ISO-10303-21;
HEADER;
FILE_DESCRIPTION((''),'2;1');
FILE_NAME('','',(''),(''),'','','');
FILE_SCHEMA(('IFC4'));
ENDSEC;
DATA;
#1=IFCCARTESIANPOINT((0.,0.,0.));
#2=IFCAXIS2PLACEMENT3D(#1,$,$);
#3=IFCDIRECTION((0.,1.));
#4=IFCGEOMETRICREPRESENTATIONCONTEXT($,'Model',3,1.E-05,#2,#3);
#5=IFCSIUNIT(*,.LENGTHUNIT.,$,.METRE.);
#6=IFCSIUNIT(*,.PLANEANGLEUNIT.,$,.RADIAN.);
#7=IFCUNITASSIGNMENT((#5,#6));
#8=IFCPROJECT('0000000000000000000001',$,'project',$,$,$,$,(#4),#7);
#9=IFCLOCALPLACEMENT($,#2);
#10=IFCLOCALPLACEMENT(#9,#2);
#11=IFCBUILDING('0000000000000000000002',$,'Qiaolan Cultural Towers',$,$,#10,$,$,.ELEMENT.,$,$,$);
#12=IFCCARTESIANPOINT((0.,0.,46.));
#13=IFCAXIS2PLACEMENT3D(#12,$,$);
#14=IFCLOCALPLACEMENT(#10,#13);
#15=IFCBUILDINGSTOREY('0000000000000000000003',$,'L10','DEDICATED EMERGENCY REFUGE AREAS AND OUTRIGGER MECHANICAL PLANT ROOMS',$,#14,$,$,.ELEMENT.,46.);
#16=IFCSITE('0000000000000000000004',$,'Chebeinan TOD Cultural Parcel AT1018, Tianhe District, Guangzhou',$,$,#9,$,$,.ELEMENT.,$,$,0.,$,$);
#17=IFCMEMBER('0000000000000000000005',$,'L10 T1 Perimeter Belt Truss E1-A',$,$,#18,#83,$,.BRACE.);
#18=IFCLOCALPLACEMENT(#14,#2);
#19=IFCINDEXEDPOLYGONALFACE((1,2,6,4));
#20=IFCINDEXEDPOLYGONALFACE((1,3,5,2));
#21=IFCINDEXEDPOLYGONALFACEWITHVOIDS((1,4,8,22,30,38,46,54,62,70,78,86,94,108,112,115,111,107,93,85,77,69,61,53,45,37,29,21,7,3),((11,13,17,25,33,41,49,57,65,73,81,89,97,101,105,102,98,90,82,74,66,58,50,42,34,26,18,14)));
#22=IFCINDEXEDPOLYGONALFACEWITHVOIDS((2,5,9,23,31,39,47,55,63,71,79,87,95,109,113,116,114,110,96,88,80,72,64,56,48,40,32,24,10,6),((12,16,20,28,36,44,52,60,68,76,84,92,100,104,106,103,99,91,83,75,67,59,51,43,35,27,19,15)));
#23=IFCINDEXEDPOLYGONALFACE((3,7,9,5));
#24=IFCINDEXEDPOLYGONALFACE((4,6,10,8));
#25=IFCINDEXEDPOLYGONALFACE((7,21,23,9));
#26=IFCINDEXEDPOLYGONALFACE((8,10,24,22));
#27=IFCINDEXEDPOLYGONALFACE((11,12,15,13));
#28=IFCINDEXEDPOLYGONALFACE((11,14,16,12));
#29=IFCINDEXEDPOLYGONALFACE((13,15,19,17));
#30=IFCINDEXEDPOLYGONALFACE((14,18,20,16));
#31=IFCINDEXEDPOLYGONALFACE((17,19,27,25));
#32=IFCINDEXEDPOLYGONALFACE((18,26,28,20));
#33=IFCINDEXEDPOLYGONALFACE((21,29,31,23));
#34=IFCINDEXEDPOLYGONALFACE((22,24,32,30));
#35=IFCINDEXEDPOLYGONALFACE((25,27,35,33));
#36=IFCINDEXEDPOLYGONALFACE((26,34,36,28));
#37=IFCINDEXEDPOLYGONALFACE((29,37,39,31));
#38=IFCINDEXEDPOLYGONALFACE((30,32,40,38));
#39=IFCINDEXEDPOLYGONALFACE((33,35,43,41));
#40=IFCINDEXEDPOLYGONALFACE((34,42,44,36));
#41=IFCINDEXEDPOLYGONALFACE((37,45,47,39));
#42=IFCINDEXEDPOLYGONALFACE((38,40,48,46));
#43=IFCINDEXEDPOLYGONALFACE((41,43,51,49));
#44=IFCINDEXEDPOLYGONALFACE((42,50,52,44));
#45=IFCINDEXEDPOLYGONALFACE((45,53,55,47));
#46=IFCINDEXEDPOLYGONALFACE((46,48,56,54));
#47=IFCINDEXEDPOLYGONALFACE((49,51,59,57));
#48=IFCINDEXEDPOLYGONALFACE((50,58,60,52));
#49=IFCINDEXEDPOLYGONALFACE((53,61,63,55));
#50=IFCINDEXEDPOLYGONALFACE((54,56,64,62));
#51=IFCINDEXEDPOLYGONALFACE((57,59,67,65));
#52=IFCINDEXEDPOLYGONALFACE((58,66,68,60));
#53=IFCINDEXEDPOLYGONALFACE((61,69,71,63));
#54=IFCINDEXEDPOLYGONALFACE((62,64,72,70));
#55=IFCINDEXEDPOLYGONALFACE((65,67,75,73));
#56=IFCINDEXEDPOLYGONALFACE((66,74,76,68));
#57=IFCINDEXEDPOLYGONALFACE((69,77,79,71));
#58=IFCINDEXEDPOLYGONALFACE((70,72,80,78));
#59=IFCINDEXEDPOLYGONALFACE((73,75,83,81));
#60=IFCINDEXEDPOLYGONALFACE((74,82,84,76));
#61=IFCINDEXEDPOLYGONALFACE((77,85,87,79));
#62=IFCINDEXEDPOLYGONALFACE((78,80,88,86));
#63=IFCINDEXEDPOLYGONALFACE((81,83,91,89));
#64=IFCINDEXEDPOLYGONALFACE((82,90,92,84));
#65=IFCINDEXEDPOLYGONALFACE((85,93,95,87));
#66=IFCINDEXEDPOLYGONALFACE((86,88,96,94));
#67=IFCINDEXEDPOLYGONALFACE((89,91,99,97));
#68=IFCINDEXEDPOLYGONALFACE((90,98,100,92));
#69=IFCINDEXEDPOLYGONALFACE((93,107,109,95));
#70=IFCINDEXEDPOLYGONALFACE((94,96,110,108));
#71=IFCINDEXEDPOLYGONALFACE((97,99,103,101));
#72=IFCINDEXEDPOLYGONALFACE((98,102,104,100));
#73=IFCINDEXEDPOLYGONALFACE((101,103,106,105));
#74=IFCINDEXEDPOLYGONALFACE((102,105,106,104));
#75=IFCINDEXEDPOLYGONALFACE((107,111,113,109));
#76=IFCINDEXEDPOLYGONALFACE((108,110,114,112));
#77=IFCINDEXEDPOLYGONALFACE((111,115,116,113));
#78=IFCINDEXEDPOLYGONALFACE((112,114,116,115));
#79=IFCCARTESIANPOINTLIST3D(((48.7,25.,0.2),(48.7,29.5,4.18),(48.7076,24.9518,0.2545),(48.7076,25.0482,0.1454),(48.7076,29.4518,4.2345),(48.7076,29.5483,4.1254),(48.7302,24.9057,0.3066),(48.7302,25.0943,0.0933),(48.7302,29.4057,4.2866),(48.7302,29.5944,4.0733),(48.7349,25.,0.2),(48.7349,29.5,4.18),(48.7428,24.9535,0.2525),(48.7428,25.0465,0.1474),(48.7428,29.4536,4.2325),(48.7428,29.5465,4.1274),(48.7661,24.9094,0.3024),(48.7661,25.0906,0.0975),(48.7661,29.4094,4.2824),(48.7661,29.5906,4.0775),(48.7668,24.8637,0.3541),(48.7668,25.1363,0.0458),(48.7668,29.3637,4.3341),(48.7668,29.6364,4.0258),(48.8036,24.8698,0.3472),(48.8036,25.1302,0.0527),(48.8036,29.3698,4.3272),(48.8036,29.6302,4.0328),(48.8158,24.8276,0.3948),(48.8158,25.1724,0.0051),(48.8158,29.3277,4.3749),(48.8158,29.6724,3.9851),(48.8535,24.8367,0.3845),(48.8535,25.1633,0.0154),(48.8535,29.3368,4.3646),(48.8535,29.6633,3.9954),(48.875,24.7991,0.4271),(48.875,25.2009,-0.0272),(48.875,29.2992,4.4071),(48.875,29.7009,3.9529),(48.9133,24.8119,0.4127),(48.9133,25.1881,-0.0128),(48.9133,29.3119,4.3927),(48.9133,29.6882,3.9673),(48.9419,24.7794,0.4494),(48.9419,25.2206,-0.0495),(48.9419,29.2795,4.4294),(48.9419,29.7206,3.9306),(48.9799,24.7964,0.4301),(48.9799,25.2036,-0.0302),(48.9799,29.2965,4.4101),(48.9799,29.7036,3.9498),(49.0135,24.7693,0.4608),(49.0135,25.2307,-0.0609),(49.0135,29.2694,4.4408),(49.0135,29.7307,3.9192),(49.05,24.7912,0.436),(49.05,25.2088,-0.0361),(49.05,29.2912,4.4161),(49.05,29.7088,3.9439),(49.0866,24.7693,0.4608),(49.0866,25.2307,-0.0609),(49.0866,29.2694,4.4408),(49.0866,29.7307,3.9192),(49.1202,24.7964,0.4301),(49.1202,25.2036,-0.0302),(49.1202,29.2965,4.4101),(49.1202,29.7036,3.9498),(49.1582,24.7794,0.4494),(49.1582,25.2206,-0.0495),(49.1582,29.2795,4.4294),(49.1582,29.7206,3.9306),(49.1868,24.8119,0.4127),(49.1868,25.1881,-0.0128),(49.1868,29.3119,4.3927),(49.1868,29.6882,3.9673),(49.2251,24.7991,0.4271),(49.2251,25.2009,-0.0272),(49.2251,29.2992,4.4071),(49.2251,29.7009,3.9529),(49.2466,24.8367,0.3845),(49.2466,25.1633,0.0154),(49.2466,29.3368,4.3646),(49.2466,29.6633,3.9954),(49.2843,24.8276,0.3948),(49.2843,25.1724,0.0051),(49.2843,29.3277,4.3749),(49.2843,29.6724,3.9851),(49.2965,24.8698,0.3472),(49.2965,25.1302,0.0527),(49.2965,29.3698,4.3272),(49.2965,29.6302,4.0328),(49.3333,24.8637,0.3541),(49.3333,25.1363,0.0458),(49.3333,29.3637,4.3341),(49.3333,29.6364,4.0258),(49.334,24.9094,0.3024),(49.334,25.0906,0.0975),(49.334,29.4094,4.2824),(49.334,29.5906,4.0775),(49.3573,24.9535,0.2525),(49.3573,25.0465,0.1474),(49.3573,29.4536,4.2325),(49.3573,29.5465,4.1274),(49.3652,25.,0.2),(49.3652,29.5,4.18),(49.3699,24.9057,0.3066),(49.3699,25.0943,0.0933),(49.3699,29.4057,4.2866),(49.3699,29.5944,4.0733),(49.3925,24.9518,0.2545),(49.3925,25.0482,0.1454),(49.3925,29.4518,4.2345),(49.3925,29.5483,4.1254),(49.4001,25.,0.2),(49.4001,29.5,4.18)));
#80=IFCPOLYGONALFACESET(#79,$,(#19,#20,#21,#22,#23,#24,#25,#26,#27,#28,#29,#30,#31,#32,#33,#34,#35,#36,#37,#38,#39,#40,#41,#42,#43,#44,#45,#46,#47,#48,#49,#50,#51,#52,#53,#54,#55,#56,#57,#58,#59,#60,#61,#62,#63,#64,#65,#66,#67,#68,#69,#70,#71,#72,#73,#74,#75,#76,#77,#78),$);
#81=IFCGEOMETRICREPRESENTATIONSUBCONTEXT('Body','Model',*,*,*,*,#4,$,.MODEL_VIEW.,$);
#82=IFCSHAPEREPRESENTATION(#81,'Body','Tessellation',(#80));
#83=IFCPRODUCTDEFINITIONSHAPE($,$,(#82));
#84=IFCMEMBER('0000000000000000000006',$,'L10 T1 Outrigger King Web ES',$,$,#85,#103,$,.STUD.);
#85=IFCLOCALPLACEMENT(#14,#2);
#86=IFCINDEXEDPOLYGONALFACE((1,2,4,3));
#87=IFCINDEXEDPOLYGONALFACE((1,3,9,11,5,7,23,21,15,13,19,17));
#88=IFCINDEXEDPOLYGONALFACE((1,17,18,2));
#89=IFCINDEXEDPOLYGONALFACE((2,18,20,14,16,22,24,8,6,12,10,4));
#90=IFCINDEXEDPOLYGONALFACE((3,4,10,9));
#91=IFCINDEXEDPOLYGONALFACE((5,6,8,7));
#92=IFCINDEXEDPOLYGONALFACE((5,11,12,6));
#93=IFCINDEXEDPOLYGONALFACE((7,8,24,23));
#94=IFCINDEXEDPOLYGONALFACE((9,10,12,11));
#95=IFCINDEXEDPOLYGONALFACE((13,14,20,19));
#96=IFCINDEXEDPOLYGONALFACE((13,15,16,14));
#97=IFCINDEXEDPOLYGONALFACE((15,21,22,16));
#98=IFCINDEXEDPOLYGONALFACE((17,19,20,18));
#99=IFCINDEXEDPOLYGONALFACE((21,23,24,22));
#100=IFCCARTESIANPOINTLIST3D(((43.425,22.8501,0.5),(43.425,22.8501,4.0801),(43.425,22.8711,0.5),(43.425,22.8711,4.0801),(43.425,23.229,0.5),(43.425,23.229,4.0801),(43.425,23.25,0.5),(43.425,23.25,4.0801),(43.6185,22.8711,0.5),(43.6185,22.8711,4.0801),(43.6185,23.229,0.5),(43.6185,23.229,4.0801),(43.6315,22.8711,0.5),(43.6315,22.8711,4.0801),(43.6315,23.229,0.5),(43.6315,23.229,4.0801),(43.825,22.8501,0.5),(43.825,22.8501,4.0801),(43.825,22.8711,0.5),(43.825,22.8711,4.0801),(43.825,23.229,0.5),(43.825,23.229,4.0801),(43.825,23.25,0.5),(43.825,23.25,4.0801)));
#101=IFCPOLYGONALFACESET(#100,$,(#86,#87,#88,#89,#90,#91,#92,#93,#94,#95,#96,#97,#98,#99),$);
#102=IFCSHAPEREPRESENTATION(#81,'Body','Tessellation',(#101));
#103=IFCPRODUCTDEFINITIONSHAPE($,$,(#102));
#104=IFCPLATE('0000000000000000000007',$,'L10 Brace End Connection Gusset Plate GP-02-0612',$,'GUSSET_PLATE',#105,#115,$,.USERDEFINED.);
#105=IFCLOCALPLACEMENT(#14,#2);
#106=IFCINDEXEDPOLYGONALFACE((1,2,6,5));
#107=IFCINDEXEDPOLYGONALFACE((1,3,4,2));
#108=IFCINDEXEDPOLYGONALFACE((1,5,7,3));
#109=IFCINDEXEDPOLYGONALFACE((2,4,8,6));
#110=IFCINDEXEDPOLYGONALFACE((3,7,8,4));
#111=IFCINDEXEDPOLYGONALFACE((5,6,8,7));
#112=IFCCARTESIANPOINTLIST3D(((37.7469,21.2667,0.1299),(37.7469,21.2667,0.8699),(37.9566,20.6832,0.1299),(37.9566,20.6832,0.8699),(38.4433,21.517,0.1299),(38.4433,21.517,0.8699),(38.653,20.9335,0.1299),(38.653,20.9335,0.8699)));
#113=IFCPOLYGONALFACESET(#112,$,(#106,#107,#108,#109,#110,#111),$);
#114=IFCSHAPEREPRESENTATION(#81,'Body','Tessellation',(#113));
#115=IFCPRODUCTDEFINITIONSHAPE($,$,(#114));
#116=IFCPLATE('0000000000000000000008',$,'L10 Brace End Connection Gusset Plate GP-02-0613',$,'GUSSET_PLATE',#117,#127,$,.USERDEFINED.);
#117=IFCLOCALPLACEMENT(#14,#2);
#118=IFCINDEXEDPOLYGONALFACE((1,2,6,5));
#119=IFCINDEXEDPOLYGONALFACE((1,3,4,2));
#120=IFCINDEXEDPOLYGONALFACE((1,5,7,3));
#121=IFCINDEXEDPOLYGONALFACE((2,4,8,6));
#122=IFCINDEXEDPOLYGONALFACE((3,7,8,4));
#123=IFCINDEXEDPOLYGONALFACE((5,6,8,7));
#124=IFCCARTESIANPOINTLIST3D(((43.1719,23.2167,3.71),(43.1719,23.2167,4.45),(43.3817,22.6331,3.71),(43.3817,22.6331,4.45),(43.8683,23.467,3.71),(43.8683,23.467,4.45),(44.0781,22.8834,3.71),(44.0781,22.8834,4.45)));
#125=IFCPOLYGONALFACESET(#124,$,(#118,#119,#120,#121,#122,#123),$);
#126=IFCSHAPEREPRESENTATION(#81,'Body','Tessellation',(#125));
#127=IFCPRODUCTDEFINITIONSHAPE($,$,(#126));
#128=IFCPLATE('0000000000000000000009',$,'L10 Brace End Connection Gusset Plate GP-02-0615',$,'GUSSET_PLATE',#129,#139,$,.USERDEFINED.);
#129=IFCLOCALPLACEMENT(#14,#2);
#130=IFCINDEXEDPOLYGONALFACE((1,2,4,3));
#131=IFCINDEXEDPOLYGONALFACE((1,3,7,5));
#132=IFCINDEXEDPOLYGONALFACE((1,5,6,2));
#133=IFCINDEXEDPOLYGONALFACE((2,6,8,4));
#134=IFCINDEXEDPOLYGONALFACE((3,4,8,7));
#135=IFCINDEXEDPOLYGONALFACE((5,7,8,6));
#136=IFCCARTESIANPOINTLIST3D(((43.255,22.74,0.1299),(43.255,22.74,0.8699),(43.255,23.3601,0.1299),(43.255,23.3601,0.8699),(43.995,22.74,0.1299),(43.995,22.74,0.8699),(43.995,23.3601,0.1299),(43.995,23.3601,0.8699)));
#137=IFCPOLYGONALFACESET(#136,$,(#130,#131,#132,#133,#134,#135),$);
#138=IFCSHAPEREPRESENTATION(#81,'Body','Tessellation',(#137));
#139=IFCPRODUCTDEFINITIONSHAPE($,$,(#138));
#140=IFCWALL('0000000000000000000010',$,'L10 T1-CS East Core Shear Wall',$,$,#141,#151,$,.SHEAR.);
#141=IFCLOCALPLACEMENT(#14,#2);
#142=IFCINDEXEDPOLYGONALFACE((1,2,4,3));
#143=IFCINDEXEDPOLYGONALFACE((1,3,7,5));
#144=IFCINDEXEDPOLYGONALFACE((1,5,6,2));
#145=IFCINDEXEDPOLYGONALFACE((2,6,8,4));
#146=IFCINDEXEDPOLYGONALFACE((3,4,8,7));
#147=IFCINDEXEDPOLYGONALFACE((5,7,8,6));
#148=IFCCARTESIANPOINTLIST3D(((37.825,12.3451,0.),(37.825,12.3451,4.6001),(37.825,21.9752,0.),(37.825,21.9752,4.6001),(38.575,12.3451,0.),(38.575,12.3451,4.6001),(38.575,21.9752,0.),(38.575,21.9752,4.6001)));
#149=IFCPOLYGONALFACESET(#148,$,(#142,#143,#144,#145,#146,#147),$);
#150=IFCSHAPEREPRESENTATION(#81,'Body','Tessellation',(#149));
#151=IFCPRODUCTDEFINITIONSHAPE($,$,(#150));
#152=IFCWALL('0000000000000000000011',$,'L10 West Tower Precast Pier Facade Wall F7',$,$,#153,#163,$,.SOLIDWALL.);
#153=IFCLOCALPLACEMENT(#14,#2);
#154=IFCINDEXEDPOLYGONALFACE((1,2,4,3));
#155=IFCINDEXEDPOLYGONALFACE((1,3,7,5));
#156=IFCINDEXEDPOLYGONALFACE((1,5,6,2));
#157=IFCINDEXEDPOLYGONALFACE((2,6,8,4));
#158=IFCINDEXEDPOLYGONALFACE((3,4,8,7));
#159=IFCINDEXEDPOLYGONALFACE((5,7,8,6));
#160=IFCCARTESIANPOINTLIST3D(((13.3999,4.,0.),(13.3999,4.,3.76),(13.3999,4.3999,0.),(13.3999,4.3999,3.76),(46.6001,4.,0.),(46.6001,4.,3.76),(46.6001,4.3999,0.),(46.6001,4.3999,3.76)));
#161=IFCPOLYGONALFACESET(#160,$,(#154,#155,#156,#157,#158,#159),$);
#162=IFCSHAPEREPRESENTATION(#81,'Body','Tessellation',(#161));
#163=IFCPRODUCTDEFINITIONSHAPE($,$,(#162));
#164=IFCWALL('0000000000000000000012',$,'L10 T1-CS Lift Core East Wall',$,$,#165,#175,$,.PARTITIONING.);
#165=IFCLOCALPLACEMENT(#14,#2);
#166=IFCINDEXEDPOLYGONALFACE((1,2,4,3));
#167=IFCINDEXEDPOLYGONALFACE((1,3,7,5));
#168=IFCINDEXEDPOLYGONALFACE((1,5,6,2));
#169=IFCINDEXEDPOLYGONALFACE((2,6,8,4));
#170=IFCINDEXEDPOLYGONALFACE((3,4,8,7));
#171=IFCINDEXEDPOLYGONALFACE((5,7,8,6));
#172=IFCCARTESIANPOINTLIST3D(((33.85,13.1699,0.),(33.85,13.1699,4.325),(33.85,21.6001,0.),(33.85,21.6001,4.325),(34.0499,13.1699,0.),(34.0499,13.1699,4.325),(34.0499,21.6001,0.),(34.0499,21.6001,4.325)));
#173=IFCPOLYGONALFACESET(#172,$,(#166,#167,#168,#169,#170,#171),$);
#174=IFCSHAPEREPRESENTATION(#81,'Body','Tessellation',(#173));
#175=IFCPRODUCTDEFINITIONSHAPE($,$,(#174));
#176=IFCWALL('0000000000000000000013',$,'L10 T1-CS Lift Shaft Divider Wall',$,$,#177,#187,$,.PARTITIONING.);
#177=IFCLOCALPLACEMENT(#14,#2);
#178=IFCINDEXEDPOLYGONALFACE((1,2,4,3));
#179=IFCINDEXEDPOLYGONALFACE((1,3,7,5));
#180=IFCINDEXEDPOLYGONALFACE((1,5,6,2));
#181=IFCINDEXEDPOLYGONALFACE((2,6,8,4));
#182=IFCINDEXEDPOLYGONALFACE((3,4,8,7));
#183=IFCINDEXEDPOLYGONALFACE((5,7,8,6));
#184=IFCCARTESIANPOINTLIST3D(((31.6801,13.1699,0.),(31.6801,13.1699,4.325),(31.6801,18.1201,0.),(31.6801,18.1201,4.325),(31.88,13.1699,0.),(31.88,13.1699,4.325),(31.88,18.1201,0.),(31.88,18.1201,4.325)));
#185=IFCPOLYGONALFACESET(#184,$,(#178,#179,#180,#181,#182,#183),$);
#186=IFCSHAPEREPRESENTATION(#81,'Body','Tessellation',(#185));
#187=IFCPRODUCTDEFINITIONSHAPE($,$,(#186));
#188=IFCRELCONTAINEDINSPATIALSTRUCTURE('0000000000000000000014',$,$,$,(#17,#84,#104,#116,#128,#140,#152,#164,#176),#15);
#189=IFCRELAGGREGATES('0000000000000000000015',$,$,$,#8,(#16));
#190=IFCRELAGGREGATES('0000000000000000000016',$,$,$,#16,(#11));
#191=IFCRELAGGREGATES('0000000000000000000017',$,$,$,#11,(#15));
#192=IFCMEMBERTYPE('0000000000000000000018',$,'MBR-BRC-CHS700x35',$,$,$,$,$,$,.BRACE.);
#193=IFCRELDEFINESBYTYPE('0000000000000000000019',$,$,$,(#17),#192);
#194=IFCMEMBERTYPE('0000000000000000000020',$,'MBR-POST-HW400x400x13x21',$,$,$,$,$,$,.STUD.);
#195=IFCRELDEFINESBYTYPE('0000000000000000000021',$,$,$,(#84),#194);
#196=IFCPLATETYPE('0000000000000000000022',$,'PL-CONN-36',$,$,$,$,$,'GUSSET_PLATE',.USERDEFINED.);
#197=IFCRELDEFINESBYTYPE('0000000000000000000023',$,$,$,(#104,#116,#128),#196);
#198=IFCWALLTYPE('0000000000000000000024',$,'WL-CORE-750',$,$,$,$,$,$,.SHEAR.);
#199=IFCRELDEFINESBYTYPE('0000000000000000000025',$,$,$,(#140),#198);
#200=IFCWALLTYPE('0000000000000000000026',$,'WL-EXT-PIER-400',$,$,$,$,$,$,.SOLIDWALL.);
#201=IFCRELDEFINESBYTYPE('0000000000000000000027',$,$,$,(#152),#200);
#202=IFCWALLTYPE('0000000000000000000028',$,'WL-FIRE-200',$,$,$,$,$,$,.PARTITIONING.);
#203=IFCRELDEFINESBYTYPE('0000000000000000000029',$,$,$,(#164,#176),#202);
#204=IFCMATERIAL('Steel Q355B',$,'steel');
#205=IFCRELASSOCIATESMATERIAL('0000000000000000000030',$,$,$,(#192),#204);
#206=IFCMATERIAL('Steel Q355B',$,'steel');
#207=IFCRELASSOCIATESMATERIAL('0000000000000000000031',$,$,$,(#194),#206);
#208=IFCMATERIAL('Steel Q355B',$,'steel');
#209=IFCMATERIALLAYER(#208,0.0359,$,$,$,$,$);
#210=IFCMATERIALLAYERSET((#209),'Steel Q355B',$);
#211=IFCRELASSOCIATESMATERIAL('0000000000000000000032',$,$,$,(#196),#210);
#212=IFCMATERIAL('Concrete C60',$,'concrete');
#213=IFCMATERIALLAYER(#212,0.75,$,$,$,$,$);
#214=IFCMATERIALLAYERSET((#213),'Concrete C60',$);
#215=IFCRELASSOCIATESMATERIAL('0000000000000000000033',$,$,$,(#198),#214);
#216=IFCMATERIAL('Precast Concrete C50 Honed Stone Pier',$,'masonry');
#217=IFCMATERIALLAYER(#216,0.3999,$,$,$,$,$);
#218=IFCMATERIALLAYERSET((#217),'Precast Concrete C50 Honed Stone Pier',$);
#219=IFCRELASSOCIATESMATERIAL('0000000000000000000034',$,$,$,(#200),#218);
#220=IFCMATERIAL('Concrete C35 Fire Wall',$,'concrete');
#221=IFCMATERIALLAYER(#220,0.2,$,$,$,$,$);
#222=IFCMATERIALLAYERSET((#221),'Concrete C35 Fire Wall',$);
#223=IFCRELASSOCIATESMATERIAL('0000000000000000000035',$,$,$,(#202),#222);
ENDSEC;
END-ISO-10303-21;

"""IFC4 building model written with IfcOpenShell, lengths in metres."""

from ifc_helpers import new_model, si_unit, direction, frame, frame_2d, origin, origin_2d, place, context, subcontext, project, spatial, rectangle, hollow_circle, i_section, extrude, material, layer, layer_set, material_profile, profile_set, type_object, element, save


model = new_model("IFC4")

# Units and contexts
model_context = context("Model", 3, precision=1e-05, world=origin(), true_north=direction((0.0, 1.0)))
body_context = subcontext(model_context, "Body", "Model", "MODEL_VIEW")
ifc_project = project(units=[si_unit("LENGTHUNIT", "METRE"), si_unit("PLANEANGLEUNIT", "RADIAN")], contexts=[model_context])

# Site, building, storey
site_placement = place(None, origin())
site = spatial("IfcSite", under=ifc_project, at=site_placement, Name="Chebeinan TOD Cultural Parcel AT1018, Tianhe District, Guangzhou", CompositionType="ELEMENT", RefElevation=0.0)
building_placement = place(site_placement, origin())
building = spatial("IfcBuilding", under=site, at=building_placement, Name="Qiaolan Cultural Towers", CompositionType="ELEMENT")
storey_placement = place(building_placement, frame((0.0, 0.0, 46.0)))
storey = spatial("IfcBuildingStorey", under=building, at=storey_placement, Name="L10", Description="DEDICATED EMERGENCY REFUGE AREAS AND OUTRIGGER MECHANICAL PLANT ROOMS", CompositionType="ELEMENT", Elevation=46.0)

# Members
ifc_material_1 = material(Name="Steel Q355B", Category="steel")
ifc_material_profile_1 = material_profile(ifc_material_1, hollow_circle(Radius=0.3501, WallThickness=0.0349, at=origin_2d()), Name="CHS700x35")
ifc_profile_set_1 = profile_set([ifc_material_profile_1], Name="Steel Q355B")
member_type_1 = type_object("IfcMemberType", Name="MBR-BRC-CHS700x35", PredefinedType="BRACE", material=ifc_profile_set_1)
member_1_placement = place(storey_placement, frame((49.05, 25.0, 0.2), z_axis=(0.0, 0.749062, 0.6625), x_axis=(-1.0, 0.0, 0.0)))
element("IfcMember", 1, at=member_1_placement, inside=storey, type_object=member_type_1, Name="L10 T1 Perimeter Belt Truss E1-A", PredefinedType="BRACE", context=body_context, shape_type="SweptSolid", body=[
    extrude(hollow_circle(Radius=0.3501, WallThickness=0.0349, at=origin_2d()), origin(), (0.0, 0.0, 1.0), 6.0076),
])
ifc_material_2 = material(Name="Steel Q355B", Category="steel")
ifc_material_profile_2 = material_profile(ifc_material_2, i_section(OverallWidth=0.3999, OverallDepth=0.3999, WebThickness=0.0129, FlangeThickness=0.021, at=origin_2d()), Name="HW400x400x13x21")
ifc_profile_set_2 = profile_set([ifc_material_profile_2], Name="Steel Q355B")
member_type_2 = type_object("IfcMemberType", Name="MBR-POST-HW400x400x13x21", PredefinedType="STUD", material=ifc_profile_set_2)
member_2_placement = place(storey_placement, frame((43.625, 23.05, 0.5), z_axis=(0.0, 0.0, 1.0), x_axis=(1.0, 0.0, 0.0)))
element("IfcMember", 2, at=member_2_placement, inside=storey, type_object=member_type_2, Name="L10 T1 Outrigger King Web ES", PredefinedType="STUD", context=body_context, shape_type="SweptSolid", body=[
    extrude(i_section(OverallWidth=0.3999, OverallDepth=0.3999, WebThickness=0.0129, FlangeThickness=0.021, at=origin_2d()), origin(), (0.0, 0.0, 1.0), 3.5801),
])

# Plates
ifc_material_3 = material(Name="Steel Q355B", Category="steel")
ifc_layer_1 = layer(ifc_material_3, 0.0359)
ifc_layer_set_1 = layer_set([ifc_layer_1], Name="Steel Q355B")
plate_type = type_object("IfcPlateType", Name="PL-CONN-36", ElementType="GUSSET_PLATE", PredefinedType="USERDEFINED", material=ifc_layer_set_1)
for number, where, z_axis, x_axis, name in (
    (3, (38.2, 21.1001, 0.1299), (0.0, 0.0, 1.0), (0.941053, 0.338259, 0.0), "L10 Brace End Connection Gusset Plate GP-02-0612"),
    (4, (43.625, 23.05, 3.71), (0.0, 0.0, 1.0), (0.941053, 0.338259, 0.0), "L10 Brace End Connection Gusset Plate GP-02-0613"),
    (5, (43.625, 23.05, 0.1299), (0.0, 0.0, 1.0), (1.0, 0.0, 0.0), "L10 Brace End Connection Gusset Plate GP-02-0615"),
):
    element("IfcPlate", number, at=place(storey_placement, frame(where, z_axis=z_axis, x_axis=x_axis)), inside=storey, type_object=plate_type, Name=name, ObjectType="GUSSET_PLATE", PredefinedType="USERDEFINED", context=body_context, shape_type="SweptSolid", body=[
        extrude(rectangle(XDim=0.74, YDim=0.6201, at=origin_2d()), origin(), (0.0, 0.0, 1.0), 0.74),
    ])

# Walls
ifc_material_4 = material(Name="Concrete C60", Category="concrete")
ifc_layer_2 = layer(ifc_material_4, 0.75)
ifc_layer_set_2 = layer_set([ifc_layer_2], Name="Concrete C60")
wall_type_1 = type_object("IfcWallType", Name="WL-CORE-750", PredefinedType="SHEAR", material=ifc_layer_set_2)
wall_1_placement = place(storey_placement, frame((38.2, 21.9751, 0.0), z_axis=(0.0, 0.0, 1.0), x_axis=(0.0, -1.0, 0.0)))
element("IfcWall", 6, at=wall_1_placement, inside=storey, type_object=wall_type_1, Name="L10 T1-CS East Core Shear Wall", PredefinedType="SHEAR", context=body_context, shape_type="SweptSolid", body=[
    extrude(rectangle(XDim=9.6301, YDim=0.75, at=frame_2d((4.8149, 0.0))), origin(), (0.0, 0.0, 1.0), 4.6001),
])
ifc_material_5 = material(Name="Precast Concrete C50 Honed Stone Pier", Category="masonry")
ifc_layer_3 = layer(ifc_material_5, 0.3999)
ifc_layer_set_3 = layer_set([ifc_layer_3], Name="Precast Concrete C50 Honed Stone Pier")
wall_type_2 = type_object("IfcWallType", Name="WL-EXT-PIER-400", PredefinedType="SOLIDWALL", material=ifc_layer_set_3)
wall_2_placement = place(storey_placement, frame((46.6001, 4.2, 0.0), z_axis=(0.0, 0.0, 1.0), x_axis=(-1.0, 0.0, 0.0)))
element("IfcWall", 7, at=wall_2_placement, inside=storey, type_object=wall_type_2, Name="L10 West Tower Precast Pier Facade Wall F7", PredefinedType="SOLIDWALL", context=body_context, shape_type="SweptSolid", body=[
    extrude(rectangle(XDim=33.2002, YDim=0.3999, at=frame_2d((16.6001, 0.0))), origin(), (0.0, 0.0, 1.0), 3.76),
])
ifc_material_6 = material(Name="Concrete C35 Fire Wall", Category="concrete")
ifc_layer_4 = layer(ifc_material_6, 0.2)
ifc_layer_set_4 = layer_set([ifc_layer_4], Name="Concrete C35 Fire Wall")
wall_type_3 = type_object("IfcWallType", Name="WL-FIRE-200", PredefinedType="PARTITIONING", material=ifc_layer_set_4)
wall_3_placement = place(storey_placement, frame((33.95, 21.6001, 0.0), z_axis=(0.0, 0.0, 1.0), x_axis=(0.0, -1.0, 0.0)))
element("IfcWall", 8, at=wall_3_placement, inside=storey, type_object=wall_type_3, Name="L10 T1-CS Lift Core East Wall", PredefinedType="PARTITIONING", context=body_context, shape_type="SweptSolid", body=[
    extrude(rectangle(XDim=8.4302, YDim=0.2, at=frame_2d((4.2151, 0.0))), origin(), (0.0, 0.0, 1.0), 4.325),
])
wall_4_placement = place(storey_placement, frame((31.78, 18.1201, 0.0), z_axis=(0.0, 0.0, 1.0), x_axis=(0.0, -1.0, 0.0)))
element("IfcWall", 9, at=wall_4_placement, inside=storey, type_object=wall_type_3, Name="L10 T1-CS Lift Shaft Divider Wall", PredefinedType="PARTITIONING", context=body_context, shape_type="SweptSolid", body=[
    extrude(rectangle(XDim=4.9502, YDim=0.2, at=frame_2d((2.4751, 0.0))), origin(), (0.0, 0.0, 1.0), 4.325),
])

save(model, "model.ifc")
